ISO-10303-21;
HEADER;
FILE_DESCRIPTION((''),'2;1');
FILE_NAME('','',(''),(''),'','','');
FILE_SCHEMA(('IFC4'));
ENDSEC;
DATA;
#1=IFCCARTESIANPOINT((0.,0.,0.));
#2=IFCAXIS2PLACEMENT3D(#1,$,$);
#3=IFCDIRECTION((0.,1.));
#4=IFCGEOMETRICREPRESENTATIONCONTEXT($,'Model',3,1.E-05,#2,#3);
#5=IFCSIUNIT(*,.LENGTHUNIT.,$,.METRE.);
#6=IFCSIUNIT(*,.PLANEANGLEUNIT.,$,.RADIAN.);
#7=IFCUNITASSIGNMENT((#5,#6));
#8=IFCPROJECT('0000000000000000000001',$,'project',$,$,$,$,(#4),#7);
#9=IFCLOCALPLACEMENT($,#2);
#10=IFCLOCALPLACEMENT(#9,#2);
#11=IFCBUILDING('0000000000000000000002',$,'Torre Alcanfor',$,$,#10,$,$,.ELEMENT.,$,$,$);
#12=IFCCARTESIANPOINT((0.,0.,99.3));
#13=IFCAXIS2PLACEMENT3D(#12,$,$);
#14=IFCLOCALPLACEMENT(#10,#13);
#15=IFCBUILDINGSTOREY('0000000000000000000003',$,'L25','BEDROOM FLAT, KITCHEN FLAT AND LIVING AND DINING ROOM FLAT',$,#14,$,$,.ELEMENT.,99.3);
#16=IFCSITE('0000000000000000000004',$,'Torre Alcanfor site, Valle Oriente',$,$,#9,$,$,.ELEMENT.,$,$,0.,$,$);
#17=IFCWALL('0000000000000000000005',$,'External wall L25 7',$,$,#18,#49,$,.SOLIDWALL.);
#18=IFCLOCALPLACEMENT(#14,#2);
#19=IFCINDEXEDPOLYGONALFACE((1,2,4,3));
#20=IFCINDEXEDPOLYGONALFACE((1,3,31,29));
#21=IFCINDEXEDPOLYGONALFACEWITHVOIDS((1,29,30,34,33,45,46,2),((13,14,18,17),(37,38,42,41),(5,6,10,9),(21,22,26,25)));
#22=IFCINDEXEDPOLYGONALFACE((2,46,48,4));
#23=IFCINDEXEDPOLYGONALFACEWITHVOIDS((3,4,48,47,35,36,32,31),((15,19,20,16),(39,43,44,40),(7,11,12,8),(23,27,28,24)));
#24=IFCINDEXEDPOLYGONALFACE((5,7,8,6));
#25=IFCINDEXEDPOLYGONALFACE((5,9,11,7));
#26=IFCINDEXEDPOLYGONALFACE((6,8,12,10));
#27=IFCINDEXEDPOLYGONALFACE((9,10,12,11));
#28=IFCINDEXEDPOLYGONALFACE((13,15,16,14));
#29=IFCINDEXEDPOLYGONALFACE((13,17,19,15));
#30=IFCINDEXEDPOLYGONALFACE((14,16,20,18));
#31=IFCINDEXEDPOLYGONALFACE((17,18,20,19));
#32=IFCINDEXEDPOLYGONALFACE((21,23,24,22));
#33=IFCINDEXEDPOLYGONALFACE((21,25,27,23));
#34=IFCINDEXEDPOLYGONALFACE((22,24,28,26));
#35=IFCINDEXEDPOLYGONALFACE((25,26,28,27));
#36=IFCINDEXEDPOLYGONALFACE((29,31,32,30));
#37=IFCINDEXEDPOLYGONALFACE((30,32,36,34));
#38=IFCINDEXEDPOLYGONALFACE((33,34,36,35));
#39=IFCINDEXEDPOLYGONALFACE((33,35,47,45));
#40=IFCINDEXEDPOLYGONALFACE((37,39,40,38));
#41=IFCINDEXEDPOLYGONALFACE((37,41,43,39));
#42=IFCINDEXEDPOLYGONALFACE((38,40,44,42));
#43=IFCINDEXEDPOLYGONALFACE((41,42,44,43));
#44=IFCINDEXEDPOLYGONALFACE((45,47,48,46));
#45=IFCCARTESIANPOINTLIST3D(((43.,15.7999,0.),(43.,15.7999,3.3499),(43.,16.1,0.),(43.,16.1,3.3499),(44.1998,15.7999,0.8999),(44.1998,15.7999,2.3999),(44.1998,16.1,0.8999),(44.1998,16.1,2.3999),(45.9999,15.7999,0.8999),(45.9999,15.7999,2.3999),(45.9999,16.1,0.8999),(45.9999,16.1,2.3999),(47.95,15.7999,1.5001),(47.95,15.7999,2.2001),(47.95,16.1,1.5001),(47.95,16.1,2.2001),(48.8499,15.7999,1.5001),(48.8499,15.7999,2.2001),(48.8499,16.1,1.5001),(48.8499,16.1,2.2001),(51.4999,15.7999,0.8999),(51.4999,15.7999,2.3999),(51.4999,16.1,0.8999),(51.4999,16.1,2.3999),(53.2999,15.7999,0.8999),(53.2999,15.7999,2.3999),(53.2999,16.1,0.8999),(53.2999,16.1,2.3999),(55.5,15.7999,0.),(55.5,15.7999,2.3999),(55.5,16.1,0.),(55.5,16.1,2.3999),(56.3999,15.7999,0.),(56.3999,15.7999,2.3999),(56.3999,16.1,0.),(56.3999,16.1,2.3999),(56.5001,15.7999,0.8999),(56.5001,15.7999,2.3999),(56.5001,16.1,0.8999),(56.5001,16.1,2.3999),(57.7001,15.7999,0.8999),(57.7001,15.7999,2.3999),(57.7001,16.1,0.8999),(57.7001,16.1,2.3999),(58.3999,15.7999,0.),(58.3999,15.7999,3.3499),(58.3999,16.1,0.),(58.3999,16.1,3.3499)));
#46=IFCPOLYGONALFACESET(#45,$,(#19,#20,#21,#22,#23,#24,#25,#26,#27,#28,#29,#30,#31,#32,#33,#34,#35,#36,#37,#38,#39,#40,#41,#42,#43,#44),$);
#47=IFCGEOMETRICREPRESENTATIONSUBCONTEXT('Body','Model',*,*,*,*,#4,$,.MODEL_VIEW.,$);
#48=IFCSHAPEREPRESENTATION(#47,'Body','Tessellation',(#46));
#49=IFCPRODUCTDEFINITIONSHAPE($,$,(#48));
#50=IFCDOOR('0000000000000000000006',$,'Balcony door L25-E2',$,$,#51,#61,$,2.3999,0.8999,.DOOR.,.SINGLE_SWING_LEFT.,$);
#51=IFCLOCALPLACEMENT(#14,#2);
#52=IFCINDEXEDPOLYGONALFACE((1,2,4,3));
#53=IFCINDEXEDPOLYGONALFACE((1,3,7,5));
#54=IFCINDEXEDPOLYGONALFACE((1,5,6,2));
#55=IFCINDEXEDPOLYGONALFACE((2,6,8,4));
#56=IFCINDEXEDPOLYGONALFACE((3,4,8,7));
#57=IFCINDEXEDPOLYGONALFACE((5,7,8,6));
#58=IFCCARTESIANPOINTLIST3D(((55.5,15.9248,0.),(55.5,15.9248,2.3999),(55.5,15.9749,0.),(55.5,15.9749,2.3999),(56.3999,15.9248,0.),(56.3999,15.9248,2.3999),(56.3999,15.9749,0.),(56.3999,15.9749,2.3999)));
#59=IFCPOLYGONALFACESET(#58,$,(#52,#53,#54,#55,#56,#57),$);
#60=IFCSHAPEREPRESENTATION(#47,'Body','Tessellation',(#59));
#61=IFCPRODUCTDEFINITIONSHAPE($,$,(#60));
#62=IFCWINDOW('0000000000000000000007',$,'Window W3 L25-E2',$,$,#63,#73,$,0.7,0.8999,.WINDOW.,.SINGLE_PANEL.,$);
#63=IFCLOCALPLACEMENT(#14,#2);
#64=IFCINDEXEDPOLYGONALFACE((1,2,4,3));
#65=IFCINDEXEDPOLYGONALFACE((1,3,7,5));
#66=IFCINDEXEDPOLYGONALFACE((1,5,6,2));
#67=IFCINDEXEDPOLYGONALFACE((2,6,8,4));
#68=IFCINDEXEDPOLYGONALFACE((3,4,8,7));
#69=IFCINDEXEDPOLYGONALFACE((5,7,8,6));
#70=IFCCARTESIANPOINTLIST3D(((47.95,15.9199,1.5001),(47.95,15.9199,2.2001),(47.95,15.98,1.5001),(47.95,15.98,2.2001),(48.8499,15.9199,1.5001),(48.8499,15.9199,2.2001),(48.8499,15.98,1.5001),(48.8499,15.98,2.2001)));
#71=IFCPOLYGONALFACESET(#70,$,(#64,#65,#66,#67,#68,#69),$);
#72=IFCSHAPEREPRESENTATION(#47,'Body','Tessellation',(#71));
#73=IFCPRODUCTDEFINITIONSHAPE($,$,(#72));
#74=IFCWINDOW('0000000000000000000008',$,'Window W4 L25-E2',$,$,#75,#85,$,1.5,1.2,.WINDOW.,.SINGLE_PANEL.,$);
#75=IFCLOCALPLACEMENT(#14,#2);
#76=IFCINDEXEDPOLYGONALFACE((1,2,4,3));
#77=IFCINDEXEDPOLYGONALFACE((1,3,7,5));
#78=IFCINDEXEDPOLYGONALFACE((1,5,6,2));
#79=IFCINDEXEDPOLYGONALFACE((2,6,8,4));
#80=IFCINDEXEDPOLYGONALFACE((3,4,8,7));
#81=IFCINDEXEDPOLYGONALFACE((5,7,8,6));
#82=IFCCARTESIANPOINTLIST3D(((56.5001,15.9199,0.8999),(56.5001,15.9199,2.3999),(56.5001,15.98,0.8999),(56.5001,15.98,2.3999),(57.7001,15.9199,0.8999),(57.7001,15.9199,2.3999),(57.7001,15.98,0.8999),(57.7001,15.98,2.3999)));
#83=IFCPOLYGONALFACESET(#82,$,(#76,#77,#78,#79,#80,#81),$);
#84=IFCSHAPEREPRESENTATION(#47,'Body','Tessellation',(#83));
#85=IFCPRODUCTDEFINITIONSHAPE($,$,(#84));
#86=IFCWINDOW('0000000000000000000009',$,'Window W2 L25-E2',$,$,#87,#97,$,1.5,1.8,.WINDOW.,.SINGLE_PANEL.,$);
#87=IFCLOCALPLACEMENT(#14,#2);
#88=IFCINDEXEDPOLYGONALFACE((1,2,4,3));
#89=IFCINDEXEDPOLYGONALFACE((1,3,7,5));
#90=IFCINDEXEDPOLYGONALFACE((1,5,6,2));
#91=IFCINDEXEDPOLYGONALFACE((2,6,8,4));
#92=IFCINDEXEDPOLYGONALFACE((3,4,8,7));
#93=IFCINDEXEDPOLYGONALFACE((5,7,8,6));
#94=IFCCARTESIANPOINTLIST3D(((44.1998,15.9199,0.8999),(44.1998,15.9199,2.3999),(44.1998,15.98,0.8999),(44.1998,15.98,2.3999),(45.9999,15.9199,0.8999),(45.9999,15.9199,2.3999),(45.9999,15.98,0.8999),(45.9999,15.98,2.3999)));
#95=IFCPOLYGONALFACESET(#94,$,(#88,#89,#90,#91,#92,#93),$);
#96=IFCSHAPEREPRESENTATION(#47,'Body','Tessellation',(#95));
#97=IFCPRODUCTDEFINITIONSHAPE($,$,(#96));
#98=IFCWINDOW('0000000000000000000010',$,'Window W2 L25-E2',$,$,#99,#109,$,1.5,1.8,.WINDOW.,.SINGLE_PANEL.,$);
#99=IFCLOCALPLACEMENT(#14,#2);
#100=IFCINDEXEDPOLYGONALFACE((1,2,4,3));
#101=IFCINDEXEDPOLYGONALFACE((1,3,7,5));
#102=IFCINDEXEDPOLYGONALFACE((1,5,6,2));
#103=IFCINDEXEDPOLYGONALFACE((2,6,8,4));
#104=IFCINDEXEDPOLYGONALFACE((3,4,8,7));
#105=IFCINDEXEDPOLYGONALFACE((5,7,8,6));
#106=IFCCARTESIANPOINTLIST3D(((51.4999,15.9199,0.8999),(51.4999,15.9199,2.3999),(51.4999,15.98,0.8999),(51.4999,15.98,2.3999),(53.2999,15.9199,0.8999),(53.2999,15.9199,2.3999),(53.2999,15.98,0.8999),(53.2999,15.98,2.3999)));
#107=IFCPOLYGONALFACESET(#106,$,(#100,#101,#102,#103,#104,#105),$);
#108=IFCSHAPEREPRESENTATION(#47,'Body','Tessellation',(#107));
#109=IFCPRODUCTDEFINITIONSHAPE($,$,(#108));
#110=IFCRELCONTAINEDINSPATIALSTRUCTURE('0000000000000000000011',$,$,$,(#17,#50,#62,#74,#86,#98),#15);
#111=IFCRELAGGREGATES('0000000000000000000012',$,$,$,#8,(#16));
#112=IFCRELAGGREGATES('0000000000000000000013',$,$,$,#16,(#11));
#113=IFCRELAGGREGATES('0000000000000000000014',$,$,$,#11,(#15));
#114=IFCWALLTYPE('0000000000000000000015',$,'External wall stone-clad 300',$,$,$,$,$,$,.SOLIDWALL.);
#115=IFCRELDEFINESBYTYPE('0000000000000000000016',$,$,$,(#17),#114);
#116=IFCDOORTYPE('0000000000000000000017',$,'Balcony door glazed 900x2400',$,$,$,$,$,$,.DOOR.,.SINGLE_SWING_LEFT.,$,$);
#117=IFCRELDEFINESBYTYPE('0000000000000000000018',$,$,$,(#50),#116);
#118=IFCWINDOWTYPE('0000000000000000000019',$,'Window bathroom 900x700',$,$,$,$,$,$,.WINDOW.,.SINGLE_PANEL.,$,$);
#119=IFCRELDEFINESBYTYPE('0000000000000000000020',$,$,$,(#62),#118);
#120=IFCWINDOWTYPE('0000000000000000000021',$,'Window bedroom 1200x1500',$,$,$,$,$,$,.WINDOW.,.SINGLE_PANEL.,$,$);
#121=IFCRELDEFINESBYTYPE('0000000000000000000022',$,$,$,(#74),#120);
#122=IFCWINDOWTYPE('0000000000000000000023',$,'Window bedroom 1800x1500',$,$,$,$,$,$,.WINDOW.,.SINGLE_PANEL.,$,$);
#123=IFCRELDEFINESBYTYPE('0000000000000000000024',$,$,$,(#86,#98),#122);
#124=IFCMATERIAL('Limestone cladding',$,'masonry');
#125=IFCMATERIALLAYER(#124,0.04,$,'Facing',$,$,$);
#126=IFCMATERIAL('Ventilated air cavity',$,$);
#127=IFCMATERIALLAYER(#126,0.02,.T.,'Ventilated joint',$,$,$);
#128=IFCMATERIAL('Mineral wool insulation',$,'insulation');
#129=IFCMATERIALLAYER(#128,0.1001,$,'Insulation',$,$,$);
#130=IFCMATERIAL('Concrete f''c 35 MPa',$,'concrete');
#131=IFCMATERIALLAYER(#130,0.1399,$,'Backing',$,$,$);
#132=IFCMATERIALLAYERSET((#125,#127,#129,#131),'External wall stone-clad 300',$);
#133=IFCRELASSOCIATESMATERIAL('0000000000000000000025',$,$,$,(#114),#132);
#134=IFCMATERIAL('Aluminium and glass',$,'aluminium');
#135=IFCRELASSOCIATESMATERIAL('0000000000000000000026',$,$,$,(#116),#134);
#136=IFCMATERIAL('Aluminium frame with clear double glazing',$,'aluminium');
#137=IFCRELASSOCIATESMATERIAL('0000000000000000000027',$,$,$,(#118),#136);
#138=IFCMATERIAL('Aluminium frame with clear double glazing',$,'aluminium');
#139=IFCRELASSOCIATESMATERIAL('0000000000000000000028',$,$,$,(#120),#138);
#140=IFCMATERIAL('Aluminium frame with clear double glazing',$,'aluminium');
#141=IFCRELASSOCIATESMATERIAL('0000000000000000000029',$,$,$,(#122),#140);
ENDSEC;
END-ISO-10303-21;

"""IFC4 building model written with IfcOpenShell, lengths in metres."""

from ifc_helpers import new_model, si_unit, direction, frame, frame_2d, origin, place, context, subcontext, project, spatial, rectangle, extrude, material, layer, layer_set, type_object, element, fill, save


model = new_model("IFC4")

# Units and contexts
model_context = context("Model", 3, precision=1e-05, world=origin(), true_north=direction((0.0, 1.0)))
body_context = subcontext(model_context, "Body", "Model", "MODEL_VIEW")
ifc_project = project(units=[si_unit("LENGTHUNIT", "METRE"), si_unit("PLANEANGLEUNIT", "RADIAN")], contexts=[model_context])

# Site, building, storey
site_placement = place(None, origin())
site = spatial("IfcSite", under=ifc_project, at=site_placement, Name="Torre Alcanfor site, Valle Oriente", CompositionType="ELEMENT", RefElevation=0.0)
building_placement = place(site_placement, origin())
building = spatial("IfcBuilding", under=site, at=building_placement, Name="Torre Alcanfor", CompositionType="ELEMENT")
storey_placement = place(building_placement, frame((0.0, 0.0, 99.3)))
storey = spatial("IfcBuildingStorey", under=building, at=storey_placement, Name="L25", Description="BEDROOM FLAT, KITCHEN FLAT AND LIVING AND DINING ROOM FLAT", CompositionType="ELEMENT", Elevation=99.3)

# Wall, openings, door, windows
ifc_material_1 = material(Name="Limestone cladding", Category="masonry")
ifc_layer_1 = layer(ifc_material_1, 0.04, Name="Facing")
ifc_material_2 = material(Name="Ventilated air cavity")
ifc_layer_2 = layer(ifc_material_2, 0.02, ventilated=True, Name="Ventilated joint")
ifc_material_3 = material(Name="Mineral wool insulation", Category="insulation")
ifc_layer_3 = layer(ifc_material_3, 0.1001, Name="Insulation")
ifc_material_4 = material(Name="Concrete f'c 35 MPa", Category="concrete")
ifc_layer_4 = layer(ifc_material_4, 0.1399, Name="Backing")
ifc_layer_set_1 = layer_set([ifc_layer_1, ifc_layer_2, ifc_layer_3, ifc_layer_4], Name="External wall stone-clad 300")
wall_type_1 = type_object("IfcWallType", Name="External wall stone-clad 300", PredefinedType="SOLIDWALL", material=ifc_layer_set_1)
ifc_material_5 = material(Name="Aluminium and glass", Category="aluminium")
door_type = type_object("IfcDoorType", Name="Balcony door glazed 900x2400", OperationType="SINGLE_SWING_LEFT", PredefinedType="DOOR", material=ifc_material_5)
ifc_material_6 = material(Name="Aluminium frame with clear double glazing", Category="aluminium")
window_type_1 = type_object("IfcWindowType", Name="Window bathroom 900x700", PartitioningType="SINGLE_PANEL", PredefinedType="WINDOW", material=ifc_material_6)
ifc_material_7 = material(Name="Aluminium frame with clear double glazing", Category="aluminium")
window_type_2 = type_object("IfcWindowType", Name="Window bedroom 1200x1500", PartitioningType="SINGLE_PANEL", PredefinedType="WINDOW", material=ifc_material_7)
ifc_material_8 = material(Name="Aluminium frame with clear double glazing", Category="aluminium")
window_type_3 = type_object("IfcWindowType", Name="Window bedroom 1800x1500", PartitioningType="SINGLE_PANEL", PredefinedType="WINDOW", material=ifc_material_8)
wall_1_placement = place(storey_placement, frame((43.0, 15.95, 0.0), z_axis=(0.0, 0.0, 1.0), x_axis=(1.0, 0.0, 0.0)))
wall_1 = element("IfcWall", 1, at=wall_1_placement, inside=storey, type_object=wall_type_1, Name="External wall L25 7", PredefinedType="SOLIDWALL", context=body_context, shape_type="SweptSolid", body=[
    extrude(rectangle(XDim=15.3999, YDim=0.3, at=frame_2d((7.7, 0.0))), origin(), (0.0, 0.0, 1.0), 3.3499),
])
opening_1_placement = place(wall_1_placement, frame((1.2, 0.0, 0.8999)))
opening_1 = element("IfcOpeningElement", 2, at=opening_1_placement, cuts=wall_1, PredefinedType="OPENING", context=body_context, shape_type="SweptSolid", body=[
    extrude(rectangle(XDim=1.8, YDim=1.5, at=frame_2d((0.8999, 0.75))), frame((0.0, 0.1599, 0.0), z_axis=(0.0, -1.0, 0.0), x_axis=(1.0, 0.0, 0.0)), (0.0, 0.0, 1.0), 0.3201),
])
opening_2_placement = place(wall_1_placement, frame((4.95, 0.0, 1.5)))
opening_2 = element("IfcOpeningElement", 3, at=opening_2_placement, cuts=wall_1, PredefinedType="OPENING", context=body_context, shape_type="SweptSolid", body=[
    extrude(rectangle(XDim=0.8999, YDim=0.7, at=frame_2d((0.45, 0.3501))), frame((0.0, 0.1599, 0.0), z_axis=(0.0, -1.0, 0.0), x_axis=(1.0, 0.0, 0.0)), (0.0, 0.0, 1.0), 0.3201),
])
opening_3_placement = place(wall_1_placement, frame((8.5, 0.0, 0.8999)))
opening_3 = element("IfcOpeningElement", 4, at=opening_3_placement, cuts=wall_1, PredefinedType="OPENING", context=body_context, shape_type="SweptSolid", body=[
    extrude(rectangle(XDim=1.8, YDim=1.5, at=frame_2d((0.8999, 0.75))), frame((0.0, 0.1599, 0.0), z_axis=(0.0, -1.0, 0.0), x_axis=(1.0, 0.0, 0.0)), (0.0, 0.0, 1.0), 0.3201),
])
opening_4_placement = place(wall_1_placement, frame((12.5, 0.0, 0.0)))
opening_4 = element("IfcOpeningElement", 5, at=opening_4_placement, cuts=wall_1, PredefinedType="OPENING", context=body_context, shape_type="SweptSolid", body=[
    extrude(rectangle(XDim=0.8999, YDim=2.3999, at=frame_2d((0.45, 1.2))), frame((0.0, 0.1599, 0.0), z_axis=(0.0, -1.0, 0.0), x_axis=(1.0, 0.0, 0.0)), (0.0, 0.0, 1.0), 0.3201),
])
opening_5_placement = place(wall_1_placement, frame((13.5, 0.0, 0.8999)))
opening_5 = element("IfcOpeningElement", 6, at=opening_5_placement, cuts=wall_1, PredefinedType="OPENING", context=body_context, shape_type="SweptSolid", body=[
    extrude(rectangle(XDim=1.2, YDim=1.5, at=frame_2d((0.6001, 0.75))), frame((0.0, 0.1599, 0.0), z_axis=(0.0, -1.0, 0.0), x_axis=(1.0, 0.0, 0.0)), (0.0, 0.0, 1.0), 0.3201),
])
door_1_placement = place(opening_4_placement, origin())
door_1 = element("IfcDoor", 7, at=door_1_placement, inside=storey, type_object=door_type, Name="Balcony door L25-E2", OperationType="SINGLE_SWING_LEFT", OverallHeight=2.3999, OverallWidth=0.8999, PredefinedType="DOOR", context=body_context, shape_type="SweptSolid", body=[
    extrude(rectangle(XDim=0.8999, YDim=2.3999, at=frame_2d((0.45, 1.2))), frame((0.0, 0.0249, 0.0), z_axis=(0.0, -1.0, 0.0), x_axis=(1.0, 0.0, 0.0)), (0.0, 0.0, 1.0), 0.05),
])
fill(opening_4, door_1)
window_1_placement = place(opening_2_placement, origin())
window_1 = element("IfcWindow", 8, at=window_1_placement, inside=storey, type_object=window_type_1, Name="Window W3 L25-E2", OverallHeight=0.7, OverallWidth=0.8999, PartitioningType="SINGLE_PANEL", PredefinedType="WINDOW", context=body_context, shape_type="SweptSolid", body=[
    extrude(rectangle(XDim=0.8999, YDim=0.7, at=frame_2d((0.45, 0.3501))), frame((0.0, 0.03, 0.0), z_axis=(0.0, -1.0, 0.0), x_axis=(1.0, 0.0, 0.0)), (0.0, 0.0, 1.0), 0.0601),
])
fill(opening_2, window_1)
window_2_placement = place(opening_5_placement, origin())
window_2 = element("IfcWindow", 9, at=window_2_placement, inside=storey, type_object=window_type_2, Name="Window W4 L25-E2", OverallHeight=1.5, OverallWidth=1.2, PartitioningType="SINGLE_PANEL", PredefinedType="WINDOW", context=body_context, shape_type="SweptSolid", body=[
    extrude(rectangle(XDim=1.2, YDim=1.5, at=frame_2d((0.6001, 0.75))), frame((0.0, 0.03, 0.0), z_axis=(0.0, -1.0, 0.0), x_axis=(1.0, 0.0, 0.0)), (0.0, 0.0, 1.0), 0.0601),
])
fill(opening_5, window_2)
window_3_placement = place(opening_1_placement, origin())
window_3 = element("IfcWindow", 10, at=window_3_placement, inside=storey, type_object=window_type_3, Name="Window W2 L25-E2", OverallHeight=1.5, OverallWidth=1.8, PartitioningType="SINGLE_PANEL", PredefinedType="WINDOW", context=body_context, shape_type="SweptSolid", body=[
    extrude(rectangle(XDim=1.8, YDim=1.5, at=frame_2d((0.8999, 0.75))), frame((0.0, 0.03, 0.0), z_axis=(0.0, -1.0, 0.0), x_axis=(1.0, 0.0, 0.0)), (0.0, 0.0, 1.0), 0.0601),
])
fill(opening_1, window_3)
window_4_placement = place(opening_3_placement, origin())
window_4 = element("IfcWindow", 11, at=window_4_placement, inside=storey, type_object=window_type_3, Name="Window W2 L25-E2", OverallHeight=1.5, OverallWidth=1.8, PartitioningType="SINGLE_PANEL", PredefinedType="WINDOW", context=body_context, shape_type="SweptSolid", body=[
    extrude(rectangle(XDim=1.8, YDim=1.5, at=frame_2d((0.8999, 0.75))), frame((0.0, 0.03, 0.0), z_axis=(0.0, -1.0, 0.0), x_axis=(1.0, 0.0, 0.0)), (0.0, 0.0, 1.0), 0.0601),
])
fill(opening_3, window_4)

save(model, "model.ifc")
